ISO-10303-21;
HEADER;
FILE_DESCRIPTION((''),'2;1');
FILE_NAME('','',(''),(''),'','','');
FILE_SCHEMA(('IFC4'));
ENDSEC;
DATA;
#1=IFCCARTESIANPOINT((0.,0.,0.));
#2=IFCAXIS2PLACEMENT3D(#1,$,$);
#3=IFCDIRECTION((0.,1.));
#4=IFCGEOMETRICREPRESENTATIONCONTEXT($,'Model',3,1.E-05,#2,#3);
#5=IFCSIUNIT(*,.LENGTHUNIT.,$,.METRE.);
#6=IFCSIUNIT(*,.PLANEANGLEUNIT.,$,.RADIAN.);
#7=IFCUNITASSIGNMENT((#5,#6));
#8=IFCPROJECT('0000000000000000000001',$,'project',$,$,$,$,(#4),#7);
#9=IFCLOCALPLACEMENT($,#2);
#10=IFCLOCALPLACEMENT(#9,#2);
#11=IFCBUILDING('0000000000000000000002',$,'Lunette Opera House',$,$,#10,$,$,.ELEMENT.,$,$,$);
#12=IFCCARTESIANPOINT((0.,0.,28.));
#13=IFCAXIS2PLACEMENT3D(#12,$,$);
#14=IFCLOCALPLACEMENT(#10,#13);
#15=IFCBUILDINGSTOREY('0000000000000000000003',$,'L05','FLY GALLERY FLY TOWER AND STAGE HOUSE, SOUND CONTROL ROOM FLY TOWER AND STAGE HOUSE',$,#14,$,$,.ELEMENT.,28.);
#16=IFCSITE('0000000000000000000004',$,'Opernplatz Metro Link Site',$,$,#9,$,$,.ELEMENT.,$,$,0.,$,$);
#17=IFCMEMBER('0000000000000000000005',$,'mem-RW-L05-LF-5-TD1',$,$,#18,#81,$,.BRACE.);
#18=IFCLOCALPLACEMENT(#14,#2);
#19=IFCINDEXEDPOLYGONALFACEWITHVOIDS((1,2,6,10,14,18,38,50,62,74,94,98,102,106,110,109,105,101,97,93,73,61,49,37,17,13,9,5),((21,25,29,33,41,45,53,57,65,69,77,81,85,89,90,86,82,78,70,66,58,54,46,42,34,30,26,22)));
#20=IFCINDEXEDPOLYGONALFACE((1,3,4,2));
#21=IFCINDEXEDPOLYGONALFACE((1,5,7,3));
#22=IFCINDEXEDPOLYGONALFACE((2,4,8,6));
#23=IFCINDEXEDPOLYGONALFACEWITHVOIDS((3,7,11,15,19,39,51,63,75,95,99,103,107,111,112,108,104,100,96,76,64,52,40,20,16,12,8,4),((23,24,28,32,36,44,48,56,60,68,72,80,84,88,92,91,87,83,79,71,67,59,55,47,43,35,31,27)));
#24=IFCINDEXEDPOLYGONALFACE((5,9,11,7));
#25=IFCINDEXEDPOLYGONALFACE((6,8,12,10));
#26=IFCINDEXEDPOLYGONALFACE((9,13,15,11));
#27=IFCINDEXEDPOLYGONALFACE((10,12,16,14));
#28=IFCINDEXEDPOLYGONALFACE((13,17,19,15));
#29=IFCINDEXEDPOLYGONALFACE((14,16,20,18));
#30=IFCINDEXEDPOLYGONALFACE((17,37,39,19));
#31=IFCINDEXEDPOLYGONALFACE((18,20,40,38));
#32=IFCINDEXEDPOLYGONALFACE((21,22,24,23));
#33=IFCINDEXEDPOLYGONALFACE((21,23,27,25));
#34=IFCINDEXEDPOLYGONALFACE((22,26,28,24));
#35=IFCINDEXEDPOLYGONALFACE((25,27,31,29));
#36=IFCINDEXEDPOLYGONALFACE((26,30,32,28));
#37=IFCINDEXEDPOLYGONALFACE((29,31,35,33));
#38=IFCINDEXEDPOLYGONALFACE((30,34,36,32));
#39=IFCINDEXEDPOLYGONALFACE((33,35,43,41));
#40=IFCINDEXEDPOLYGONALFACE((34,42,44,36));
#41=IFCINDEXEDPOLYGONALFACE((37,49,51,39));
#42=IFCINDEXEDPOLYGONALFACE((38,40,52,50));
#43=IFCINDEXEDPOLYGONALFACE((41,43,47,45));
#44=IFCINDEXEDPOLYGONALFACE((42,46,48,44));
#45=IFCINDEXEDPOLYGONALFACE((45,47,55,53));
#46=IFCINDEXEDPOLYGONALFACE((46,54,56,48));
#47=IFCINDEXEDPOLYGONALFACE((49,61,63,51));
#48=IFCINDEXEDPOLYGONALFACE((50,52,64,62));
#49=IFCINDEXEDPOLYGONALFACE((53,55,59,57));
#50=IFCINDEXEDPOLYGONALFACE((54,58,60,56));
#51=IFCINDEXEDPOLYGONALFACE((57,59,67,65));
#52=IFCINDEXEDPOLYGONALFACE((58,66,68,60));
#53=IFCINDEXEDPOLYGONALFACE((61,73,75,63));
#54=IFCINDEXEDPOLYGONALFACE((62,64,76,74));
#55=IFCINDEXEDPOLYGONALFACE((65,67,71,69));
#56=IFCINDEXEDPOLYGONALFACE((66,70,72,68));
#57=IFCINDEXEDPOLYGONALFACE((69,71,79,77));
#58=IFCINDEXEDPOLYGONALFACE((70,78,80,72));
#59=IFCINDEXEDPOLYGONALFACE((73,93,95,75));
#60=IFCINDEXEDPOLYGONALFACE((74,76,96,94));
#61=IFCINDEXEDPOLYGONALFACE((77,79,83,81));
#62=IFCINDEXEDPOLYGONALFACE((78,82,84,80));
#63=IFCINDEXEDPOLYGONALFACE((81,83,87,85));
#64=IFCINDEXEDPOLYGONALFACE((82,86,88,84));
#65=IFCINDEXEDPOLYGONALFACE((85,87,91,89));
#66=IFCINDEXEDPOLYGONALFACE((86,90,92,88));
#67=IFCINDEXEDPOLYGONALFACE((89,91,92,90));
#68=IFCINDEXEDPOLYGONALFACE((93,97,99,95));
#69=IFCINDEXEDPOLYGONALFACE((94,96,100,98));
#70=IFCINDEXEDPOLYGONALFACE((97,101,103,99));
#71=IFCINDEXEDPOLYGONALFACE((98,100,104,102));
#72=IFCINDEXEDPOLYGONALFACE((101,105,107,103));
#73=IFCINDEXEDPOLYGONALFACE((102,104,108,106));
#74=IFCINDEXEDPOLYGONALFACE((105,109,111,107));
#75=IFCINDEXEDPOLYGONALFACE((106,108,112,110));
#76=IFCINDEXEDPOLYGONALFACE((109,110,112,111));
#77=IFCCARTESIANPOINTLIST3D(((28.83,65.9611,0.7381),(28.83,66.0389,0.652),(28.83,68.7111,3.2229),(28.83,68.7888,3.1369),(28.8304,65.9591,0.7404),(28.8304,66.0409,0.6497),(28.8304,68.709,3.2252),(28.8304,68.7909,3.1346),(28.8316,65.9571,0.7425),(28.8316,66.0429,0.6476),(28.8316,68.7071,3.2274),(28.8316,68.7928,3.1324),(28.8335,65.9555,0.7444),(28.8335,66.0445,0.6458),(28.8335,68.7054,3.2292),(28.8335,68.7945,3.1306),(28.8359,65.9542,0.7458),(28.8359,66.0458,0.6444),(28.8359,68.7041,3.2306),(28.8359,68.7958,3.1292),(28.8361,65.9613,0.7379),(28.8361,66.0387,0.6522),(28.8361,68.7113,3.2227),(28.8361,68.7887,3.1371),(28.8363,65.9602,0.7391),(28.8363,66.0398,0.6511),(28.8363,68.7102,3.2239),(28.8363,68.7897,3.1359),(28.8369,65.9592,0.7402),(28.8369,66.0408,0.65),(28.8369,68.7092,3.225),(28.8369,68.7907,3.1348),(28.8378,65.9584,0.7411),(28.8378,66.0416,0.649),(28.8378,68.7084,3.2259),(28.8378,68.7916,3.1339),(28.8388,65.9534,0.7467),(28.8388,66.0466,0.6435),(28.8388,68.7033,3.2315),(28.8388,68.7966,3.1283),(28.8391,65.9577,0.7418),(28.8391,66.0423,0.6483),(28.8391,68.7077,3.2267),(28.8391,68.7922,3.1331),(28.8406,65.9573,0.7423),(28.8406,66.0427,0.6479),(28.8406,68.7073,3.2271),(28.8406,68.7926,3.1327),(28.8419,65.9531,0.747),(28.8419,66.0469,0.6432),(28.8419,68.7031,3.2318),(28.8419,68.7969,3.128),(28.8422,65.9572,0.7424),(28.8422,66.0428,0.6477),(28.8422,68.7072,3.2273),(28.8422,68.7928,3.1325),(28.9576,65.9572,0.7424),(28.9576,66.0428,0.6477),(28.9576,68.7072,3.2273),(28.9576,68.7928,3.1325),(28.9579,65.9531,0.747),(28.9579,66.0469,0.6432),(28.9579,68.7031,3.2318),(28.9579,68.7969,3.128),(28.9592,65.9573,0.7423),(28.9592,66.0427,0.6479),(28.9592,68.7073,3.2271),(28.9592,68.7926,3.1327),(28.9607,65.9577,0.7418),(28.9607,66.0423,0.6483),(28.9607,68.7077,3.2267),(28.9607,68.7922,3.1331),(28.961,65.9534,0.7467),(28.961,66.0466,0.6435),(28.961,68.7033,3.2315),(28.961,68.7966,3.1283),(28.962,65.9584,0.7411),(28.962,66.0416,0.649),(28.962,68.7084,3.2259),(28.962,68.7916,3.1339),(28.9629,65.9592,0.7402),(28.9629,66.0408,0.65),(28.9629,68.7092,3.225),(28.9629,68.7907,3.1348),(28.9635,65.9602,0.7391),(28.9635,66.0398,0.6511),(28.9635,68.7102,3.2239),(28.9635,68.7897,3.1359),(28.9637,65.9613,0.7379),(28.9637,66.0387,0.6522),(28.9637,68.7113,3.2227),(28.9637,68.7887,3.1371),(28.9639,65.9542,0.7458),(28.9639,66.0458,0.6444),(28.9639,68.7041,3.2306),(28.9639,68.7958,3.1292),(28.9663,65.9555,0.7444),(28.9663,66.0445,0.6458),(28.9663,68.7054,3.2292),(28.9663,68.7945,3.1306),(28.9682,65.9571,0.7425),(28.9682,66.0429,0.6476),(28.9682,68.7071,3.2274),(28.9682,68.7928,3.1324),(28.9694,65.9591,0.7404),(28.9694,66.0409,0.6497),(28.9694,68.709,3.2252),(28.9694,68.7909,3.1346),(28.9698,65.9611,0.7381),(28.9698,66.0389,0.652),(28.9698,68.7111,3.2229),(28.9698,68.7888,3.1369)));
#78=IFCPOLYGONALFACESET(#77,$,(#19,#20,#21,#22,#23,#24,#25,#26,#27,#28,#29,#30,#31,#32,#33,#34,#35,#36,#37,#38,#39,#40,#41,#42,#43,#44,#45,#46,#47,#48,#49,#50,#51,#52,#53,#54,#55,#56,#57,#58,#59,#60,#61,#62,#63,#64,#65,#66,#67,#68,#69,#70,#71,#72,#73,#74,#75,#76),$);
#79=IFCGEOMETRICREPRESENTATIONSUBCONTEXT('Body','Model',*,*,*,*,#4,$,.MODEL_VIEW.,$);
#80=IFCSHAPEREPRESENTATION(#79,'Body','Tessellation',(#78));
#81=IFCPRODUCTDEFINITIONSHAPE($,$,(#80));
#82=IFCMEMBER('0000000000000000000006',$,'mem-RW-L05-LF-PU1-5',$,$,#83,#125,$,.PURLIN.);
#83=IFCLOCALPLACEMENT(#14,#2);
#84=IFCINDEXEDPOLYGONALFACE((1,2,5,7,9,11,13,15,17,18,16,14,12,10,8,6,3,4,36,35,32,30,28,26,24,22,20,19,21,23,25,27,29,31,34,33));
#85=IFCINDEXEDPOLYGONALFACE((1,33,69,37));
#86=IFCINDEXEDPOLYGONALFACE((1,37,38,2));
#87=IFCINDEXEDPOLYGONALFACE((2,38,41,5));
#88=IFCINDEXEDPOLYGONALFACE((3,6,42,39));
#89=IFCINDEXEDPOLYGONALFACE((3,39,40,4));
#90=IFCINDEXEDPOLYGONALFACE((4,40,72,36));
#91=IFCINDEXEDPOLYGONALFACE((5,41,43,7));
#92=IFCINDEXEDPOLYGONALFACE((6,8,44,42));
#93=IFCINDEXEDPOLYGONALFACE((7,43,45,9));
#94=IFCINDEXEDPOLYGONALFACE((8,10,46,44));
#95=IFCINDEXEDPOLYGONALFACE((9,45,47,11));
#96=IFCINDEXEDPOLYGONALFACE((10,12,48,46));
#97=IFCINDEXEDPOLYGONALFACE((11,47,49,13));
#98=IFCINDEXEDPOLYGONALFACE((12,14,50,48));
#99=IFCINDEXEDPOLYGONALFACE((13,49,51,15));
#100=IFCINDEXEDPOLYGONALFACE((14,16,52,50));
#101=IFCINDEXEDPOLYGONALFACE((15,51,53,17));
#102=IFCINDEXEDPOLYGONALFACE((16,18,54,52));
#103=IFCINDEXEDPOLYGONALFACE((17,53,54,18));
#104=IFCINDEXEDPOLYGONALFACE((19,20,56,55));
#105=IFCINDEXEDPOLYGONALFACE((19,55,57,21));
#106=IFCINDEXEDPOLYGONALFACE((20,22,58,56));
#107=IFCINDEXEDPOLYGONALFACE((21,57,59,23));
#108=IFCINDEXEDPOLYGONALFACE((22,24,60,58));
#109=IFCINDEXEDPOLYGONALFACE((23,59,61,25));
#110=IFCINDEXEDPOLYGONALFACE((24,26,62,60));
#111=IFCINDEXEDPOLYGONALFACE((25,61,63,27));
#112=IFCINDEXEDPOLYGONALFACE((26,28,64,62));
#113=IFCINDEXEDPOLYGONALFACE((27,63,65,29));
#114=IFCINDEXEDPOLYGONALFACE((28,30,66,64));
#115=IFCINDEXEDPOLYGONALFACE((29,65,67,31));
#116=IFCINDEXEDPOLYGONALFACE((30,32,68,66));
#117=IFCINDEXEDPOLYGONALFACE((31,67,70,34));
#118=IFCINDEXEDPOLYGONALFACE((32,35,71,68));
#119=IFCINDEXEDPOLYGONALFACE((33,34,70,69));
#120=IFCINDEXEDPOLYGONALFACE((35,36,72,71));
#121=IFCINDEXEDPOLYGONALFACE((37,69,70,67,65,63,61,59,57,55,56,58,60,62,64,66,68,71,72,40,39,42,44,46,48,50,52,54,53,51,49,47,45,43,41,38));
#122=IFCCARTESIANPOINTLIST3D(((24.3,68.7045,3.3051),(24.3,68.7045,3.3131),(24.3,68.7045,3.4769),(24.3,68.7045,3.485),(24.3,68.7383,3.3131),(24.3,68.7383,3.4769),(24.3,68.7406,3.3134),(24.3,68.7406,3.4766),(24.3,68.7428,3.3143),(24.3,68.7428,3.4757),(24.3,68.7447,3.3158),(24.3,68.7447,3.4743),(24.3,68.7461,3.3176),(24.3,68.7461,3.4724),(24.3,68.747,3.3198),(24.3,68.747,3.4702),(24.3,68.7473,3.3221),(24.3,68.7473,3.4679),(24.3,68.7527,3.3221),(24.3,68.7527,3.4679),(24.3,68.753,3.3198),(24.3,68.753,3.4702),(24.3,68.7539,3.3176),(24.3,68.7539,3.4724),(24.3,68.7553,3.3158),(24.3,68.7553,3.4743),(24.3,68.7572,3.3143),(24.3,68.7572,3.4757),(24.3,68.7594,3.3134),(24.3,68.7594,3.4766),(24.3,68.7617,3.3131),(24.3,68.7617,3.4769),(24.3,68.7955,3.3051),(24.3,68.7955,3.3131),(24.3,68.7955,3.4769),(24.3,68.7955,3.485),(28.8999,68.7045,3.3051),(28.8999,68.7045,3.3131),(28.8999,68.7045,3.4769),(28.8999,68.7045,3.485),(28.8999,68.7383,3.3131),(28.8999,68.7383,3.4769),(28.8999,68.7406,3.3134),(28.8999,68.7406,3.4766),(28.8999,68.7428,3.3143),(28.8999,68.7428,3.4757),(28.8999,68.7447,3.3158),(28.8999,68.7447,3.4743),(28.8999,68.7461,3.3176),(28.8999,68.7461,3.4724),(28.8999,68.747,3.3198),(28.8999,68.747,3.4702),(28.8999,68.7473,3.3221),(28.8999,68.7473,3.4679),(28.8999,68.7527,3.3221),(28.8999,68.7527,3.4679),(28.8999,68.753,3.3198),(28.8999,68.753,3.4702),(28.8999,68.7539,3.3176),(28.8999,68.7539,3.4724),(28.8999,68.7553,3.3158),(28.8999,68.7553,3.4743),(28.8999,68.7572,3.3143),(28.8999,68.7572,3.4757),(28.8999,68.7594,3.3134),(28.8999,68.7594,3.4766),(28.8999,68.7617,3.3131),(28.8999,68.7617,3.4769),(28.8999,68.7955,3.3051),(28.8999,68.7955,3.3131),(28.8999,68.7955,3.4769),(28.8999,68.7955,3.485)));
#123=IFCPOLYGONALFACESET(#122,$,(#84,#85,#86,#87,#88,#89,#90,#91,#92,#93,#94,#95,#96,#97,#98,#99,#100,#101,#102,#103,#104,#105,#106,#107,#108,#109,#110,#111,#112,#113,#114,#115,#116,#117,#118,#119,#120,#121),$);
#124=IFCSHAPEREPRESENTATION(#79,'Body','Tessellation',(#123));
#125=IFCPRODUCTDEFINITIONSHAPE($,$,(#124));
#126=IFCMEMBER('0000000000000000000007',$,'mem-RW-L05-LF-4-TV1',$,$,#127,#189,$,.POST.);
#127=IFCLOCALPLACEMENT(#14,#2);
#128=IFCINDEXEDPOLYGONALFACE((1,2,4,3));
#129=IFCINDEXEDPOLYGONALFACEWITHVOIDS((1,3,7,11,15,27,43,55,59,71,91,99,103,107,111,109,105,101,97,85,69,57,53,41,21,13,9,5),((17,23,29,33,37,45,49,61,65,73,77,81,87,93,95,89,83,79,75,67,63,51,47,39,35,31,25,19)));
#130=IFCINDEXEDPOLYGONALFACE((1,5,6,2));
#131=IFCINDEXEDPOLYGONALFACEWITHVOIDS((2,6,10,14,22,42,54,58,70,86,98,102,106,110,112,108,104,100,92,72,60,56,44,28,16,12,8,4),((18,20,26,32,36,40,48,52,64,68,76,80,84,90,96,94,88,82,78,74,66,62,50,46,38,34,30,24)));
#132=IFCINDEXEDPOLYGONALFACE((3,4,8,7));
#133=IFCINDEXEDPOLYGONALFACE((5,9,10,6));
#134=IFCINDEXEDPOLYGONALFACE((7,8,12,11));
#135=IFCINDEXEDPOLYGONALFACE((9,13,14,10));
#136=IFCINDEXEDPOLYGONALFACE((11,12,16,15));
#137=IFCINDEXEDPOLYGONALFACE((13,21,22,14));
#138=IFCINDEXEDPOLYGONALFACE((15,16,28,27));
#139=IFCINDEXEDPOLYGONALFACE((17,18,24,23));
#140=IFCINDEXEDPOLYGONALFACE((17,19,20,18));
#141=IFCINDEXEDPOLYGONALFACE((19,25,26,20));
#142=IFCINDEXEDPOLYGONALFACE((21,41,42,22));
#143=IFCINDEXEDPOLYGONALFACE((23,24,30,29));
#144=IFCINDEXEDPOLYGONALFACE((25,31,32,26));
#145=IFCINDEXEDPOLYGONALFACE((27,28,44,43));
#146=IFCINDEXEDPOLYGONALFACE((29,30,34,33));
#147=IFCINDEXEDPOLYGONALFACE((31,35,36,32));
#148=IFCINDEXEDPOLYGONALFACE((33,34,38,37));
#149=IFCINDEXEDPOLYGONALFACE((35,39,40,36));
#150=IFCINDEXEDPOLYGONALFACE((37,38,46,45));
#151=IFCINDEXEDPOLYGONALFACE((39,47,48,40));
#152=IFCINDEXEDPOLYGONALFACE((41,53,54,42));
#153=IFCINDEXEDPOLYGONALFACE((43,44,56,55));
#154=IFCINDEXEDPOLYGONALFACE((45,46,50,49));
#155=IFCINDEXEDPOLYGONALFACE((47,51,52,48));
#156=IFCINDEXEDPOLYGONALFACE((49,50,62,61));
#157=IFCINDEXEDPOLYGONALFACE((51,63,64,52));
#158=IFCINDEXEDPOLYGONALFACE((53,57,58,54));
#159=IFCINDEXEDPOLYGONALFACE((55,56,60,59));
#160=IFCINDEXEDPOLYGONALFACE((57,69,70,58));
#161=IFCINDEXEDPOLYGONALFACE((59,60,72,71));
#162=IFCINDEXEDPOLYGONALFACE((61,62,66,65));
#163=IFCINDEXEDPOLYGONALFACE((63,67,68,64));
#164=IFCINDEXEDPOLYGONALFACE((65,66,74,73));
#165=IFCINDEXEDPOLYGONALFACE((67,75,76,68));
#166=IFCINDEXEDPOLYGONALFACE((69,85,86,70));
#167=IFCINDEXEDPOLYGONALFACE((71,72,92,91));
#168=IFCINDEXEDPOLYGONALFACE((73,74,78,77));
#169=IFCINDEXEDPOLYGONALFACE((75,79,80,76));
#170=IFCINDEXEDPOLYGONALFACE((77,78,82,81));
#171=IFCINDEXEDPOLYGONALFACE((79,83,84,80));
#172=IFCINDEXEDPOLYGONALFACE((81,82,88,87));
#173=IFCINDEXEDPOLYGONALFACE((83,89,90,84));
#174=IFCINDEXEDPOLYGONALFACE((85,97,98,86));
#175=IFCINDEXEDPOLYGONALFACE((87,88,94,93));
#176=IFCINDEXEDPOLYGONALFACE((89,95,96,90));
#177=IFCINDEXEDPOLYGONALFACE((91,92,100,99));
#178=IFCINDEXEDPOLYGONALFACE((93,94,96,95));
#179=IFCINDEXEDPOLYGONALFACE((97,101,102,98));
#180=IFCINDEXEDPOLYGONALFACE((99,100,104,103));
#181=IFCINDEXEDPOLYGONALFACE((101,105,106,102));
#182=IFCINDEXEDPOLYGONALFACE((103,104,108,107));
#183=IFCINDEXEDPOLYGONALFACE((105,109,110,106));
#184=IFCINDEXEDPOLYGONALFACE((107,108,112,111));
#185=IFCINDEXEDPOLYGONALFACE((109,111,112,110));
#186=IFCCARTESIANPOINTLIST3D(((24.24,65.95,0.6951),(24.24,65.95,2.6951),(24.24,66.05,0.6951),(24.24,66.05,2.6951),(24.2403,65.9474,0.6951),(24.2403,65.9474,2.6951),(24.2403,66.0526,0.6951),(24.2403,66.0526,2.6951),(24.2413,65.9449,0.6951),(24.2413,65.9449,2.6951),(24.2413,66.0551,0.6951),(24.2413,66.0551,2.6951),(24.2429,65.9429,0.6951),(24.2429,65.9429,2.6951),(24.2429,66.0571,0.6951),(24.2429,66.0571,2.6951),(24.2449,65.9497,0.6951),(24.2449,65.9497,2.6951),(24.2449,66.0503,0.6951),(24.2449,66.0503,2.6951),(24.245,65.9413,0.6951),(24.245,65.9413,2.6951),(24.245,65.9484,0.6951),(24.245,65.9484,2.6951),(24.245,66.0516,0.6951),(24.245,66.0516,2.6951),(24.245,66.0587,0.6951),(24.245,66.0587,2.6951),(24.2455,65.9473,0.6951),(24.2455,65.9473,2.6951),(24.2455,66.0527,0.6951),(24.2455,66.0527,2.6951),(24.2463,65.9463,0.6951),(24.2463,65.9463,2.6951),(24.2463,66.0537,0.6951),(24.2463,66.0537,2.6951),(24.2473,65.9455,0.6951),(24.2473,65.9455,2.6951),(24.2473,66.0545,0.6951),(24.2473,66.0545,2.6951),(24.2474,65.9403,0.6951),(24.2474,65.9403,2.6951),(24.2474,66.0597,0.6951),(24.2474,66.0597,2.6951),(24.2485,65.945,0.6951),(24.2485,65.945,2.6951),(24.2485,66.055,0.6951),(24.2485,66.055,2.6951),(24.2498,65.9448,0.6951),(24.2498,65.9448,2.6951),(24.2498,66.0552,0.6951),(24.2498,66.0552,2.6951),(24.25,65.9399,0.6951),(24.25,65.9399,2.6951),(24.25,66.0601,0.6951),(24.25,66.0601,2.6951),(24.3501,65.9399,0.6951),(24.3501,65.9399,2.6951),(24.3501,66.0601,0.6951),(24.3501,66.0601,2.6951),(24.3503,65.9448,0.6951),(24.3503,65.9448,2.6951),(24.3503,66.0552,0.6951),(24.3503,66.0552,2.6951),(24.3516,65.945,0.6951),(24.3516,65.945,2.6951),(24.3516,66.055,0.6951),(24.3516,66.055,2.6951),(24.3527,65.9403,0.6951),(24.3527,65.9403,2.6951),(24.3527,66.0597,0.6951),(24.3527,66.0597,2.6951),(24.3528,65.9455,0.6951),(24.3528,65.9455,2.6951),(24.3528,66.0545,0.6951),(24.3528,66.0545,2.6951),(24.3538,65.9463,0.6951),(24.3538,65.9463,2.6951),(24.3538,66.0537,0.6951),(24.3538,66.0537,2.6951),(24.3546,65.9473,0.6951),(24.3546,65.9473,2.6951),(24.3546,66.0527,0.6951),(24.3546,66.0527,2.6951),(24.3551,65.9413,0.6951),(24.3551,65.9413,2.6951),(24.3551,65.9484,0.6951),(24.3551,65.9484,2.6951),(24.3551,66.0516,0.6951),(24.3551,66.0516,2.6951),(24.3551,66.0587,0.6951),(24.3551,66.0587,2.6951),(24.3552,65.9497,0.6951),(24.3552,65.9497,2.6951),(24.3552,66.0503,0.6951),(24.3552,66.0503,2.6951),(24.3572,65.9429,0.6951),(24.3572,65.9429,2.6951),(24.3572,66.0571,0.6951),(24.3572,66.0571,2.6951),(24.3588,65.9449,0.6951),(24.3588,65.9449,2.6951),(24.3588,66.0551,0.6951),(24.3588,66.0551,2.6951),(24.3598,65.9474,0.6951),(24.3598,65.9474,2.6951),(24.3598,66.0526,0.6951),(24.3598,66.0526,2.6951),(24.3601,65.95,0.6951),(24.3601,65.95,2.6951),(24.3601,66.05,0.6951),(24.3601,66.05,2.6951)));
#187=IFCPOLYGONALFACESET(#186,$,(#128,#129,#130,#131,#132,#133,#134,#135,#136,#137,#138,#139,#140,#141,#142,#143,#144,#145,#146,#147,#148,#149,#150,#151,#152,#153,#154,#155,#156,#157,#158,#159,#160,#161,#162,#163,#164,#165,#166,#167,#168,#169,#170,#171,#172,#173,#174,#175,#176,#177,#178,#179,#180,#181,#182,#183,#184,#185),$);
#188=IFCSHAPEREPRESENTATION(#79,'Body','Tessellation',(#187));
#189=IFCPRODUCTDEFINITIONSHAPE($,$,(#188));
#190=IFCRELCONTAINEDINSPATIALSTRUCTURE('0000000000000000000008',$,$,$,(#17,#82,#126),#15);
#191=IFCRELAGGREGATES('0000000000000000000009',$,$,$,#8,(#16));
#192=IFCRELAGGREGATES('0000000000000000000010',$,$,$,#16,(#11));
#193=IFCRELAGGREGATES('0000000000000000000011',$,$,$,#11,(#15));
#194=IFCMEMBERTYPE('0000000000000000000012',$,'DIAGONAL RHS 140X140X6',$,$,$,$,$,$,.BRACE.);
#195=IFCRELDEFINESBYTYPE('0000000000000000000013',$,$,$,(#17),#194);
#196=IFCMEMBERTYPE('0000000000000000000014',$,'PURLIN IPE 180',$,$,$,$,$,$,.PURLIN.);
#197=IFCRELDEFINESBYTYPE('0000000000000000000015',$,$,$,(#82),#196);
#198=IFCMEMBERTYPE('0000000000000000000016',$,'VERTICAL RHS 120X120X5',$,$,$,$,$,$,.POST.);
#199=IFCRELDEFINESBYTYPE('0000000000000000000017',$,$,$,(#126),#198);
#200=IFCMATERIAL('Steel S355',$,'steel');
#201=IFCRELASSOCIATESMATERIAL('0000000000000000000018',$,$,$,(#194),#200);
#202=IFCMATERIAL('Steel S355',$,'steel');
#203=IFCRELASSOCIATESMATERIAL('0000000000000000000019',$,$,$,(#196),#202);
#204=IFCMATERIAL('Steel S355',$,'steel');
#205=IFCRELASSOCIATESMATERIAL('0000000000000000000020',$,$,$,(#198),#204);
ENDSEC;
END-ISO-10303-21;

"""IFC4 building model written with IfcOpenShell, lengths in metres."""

from ifc_helpers import new_model, si_unit, direction, frame, origin, origin_2d, place, context, subcontext, project, spatial, hollow_rectangle, i_section, extrude, material, material_profile, profile_set, type_object, element, save


model = new_model("IFC4")

# Units and contexts
model_context = context("Model", 3, precision=1e-05, world=origin(), true_north=direction((0.0, 1.0)))
body_context = subcontext(model_context, "Body", "Model", "MODEL_VIEW")
ifc_project = project(units=[si_unit("LENGTHUNIT", "METRE"), si_unit("PLANEANGLEUNIT", "RADIAN")], contexts=[model_context])

# Site, building, storey
site_placement = place(None, origin())
site = spatial("IfcSite", under=ifc_project, at=site_placement, Name="Opernplatz Metro Link Site", CompositionType="ELEMENT", RefElevation=0.0)
building_placement = place(site_placement, origin())
building = spatial("IfcBuilding", under=site, at=building_placement, Name="Lunette Opera House", CompositionType="ELEMENT")
storey_placement = place(building_placement, frame((0.0, 0.0, 28.0)))
storey = spatial("IfcBuildingStorey", under=building, at=storey_placement, Name="L05", Description="FLY GALLERY FLY TOWER AND STAGE HOUSE, SOUND CONTROL ROOM FLY TOWER AND STAGE HOUSE", CompositionType="ELEMENT", Elevation=28.0)

# Members
ifc_material_1 = material(Name="Steel S355", Category="steel")
ifc_material_profile_1 = material_profile(ifc_material_1, hollow_rectangle(XDim=0.1399, YDim=0.1399, WallThickness=0.0061, InnerFilletRadius=0.0061, OuterFilletRadius=0.012, at=origin_2d()), Name="RHS 140X140X6")
ifc_profile_set_1 = profile_set([ifc_material_profile_1], Name="Steel S355")
member_type_1 = type_object("IfcMemberType", Name="DIAGONAL RHS 140X140X6", PredefinedType="BRACE", material=ifc_profile_set_1)
member_1_placement = place(storey_placement, frame((28.8999, 66.0, 0.6951), z_axis=(0.0, 0.741969, 0.670434), x_axis=(-1.0, 0.0, 0.0)))
element("IfcMember", 1, at=member_1_placement, inside=storey, type_object=member_type_1, Name="mem-RW-L05-LF-5-TD1", PredefinedType="BRACE", context=body_context, shape_type="SweptSolid", body=[
    extrude(hollow_rectangle(XDim=0.1399, YDim=0.1399, WallThickness=0.0061, InnerFilletRadius=0.0061, OuterFilletRadius=0.012, at=origin_2d()), origin(), (0.0, 0.0, 1.0), 3.7063),
])
ifc_material_2 = material(Name="Steel S355", Category="steel")
ifc_material_profile_2 = material_profile(ifc_material_2, i_section(OverallWidth=0.0911, OverallDepth=0.1799, WebThickness=0.0054, FlangeThickness=0.0081, FilletRadius=0.009, at=origin_2d()), Name="IPE 180")
ifc_profile_set_2 = profile_set([ifc_material_profile_2], Name="Steel S355")
member_type_2 = type_object("IfcMemberType", Name="PURLIN IPE 180", PredefinedType="PURLIN", material=ifc_profile_set_2)
member_2_placement = place(storey_placement, frame((24.3, 68.75, 3.395), z_axis=(1.0, 0.0, 0.0), x_axis=(0.0, 1.0, 0.0)))
element("IfcMember", 2, at=member_2_placement, inside=storey, type_object=member_type_2, Name="mem-RW-L05-LF-PU1-5", PredefinedType="PURLIN", context=body_context, shape_type="SweptSolid", body=[
    extrude(i_section(OverallWidth=0.0911, OverallDepth=0.1799, WebThickness=0.0054, FlangeThickness=0.0081, FilletRadius=0.009, at=origin_2d()), origin(), (0.0, 0.0, 1.0), 4.5999),
])
ifc_material_3 = material(Name="Steel S355", Category="steel")
ifc_material_profile_3 = material_profile(ifc_material_3, hollow_rectangle(XDim=0.1201, YDim=0.1201, WallThickness=0.0049, InnerFilletRadius=0.0049, OuterFilletRadius=0.01, at=origin_2d()), Name="RHS 120X120X5")
ifc_profile_set_3 = profile_set([ifc_material_profile_3], Name="Steel S355")
member_type_3 = type_object("IfcMemberType", Name="VERTICAL RHS 120X120X5", PredefinedType="POST", material=ifc_profile_set_3)
for number, where, z_axis, x_axis, name in (
    (3, (24.3, 66.0, 0.6951), (0.0, 0.0, 1.0), (1.0, 0.0, 0.0), "mem-RW-L05-LF-4-TV1"),
):
    element("IfcMember", number, at=place(storey_placement, frame(where, z_axis=z_axis, x_axis=x_axis)), inside=storey, type_object=member_type_3, Name=name, PredefinedType="POST", context=body_context, shape_type="SweptSolid", body=[
        extrude(hollow_rectangle(XDim=0.1201, YDim=0.1201, WallThickness=0.0049, InnerFilletRadius=0.0049, OuterFilletRadius=0.01, at=origin_2d()), origin(), (0.0, 0.0, 1.0), 2.0),
    ])

save(model, "model.ifc")
